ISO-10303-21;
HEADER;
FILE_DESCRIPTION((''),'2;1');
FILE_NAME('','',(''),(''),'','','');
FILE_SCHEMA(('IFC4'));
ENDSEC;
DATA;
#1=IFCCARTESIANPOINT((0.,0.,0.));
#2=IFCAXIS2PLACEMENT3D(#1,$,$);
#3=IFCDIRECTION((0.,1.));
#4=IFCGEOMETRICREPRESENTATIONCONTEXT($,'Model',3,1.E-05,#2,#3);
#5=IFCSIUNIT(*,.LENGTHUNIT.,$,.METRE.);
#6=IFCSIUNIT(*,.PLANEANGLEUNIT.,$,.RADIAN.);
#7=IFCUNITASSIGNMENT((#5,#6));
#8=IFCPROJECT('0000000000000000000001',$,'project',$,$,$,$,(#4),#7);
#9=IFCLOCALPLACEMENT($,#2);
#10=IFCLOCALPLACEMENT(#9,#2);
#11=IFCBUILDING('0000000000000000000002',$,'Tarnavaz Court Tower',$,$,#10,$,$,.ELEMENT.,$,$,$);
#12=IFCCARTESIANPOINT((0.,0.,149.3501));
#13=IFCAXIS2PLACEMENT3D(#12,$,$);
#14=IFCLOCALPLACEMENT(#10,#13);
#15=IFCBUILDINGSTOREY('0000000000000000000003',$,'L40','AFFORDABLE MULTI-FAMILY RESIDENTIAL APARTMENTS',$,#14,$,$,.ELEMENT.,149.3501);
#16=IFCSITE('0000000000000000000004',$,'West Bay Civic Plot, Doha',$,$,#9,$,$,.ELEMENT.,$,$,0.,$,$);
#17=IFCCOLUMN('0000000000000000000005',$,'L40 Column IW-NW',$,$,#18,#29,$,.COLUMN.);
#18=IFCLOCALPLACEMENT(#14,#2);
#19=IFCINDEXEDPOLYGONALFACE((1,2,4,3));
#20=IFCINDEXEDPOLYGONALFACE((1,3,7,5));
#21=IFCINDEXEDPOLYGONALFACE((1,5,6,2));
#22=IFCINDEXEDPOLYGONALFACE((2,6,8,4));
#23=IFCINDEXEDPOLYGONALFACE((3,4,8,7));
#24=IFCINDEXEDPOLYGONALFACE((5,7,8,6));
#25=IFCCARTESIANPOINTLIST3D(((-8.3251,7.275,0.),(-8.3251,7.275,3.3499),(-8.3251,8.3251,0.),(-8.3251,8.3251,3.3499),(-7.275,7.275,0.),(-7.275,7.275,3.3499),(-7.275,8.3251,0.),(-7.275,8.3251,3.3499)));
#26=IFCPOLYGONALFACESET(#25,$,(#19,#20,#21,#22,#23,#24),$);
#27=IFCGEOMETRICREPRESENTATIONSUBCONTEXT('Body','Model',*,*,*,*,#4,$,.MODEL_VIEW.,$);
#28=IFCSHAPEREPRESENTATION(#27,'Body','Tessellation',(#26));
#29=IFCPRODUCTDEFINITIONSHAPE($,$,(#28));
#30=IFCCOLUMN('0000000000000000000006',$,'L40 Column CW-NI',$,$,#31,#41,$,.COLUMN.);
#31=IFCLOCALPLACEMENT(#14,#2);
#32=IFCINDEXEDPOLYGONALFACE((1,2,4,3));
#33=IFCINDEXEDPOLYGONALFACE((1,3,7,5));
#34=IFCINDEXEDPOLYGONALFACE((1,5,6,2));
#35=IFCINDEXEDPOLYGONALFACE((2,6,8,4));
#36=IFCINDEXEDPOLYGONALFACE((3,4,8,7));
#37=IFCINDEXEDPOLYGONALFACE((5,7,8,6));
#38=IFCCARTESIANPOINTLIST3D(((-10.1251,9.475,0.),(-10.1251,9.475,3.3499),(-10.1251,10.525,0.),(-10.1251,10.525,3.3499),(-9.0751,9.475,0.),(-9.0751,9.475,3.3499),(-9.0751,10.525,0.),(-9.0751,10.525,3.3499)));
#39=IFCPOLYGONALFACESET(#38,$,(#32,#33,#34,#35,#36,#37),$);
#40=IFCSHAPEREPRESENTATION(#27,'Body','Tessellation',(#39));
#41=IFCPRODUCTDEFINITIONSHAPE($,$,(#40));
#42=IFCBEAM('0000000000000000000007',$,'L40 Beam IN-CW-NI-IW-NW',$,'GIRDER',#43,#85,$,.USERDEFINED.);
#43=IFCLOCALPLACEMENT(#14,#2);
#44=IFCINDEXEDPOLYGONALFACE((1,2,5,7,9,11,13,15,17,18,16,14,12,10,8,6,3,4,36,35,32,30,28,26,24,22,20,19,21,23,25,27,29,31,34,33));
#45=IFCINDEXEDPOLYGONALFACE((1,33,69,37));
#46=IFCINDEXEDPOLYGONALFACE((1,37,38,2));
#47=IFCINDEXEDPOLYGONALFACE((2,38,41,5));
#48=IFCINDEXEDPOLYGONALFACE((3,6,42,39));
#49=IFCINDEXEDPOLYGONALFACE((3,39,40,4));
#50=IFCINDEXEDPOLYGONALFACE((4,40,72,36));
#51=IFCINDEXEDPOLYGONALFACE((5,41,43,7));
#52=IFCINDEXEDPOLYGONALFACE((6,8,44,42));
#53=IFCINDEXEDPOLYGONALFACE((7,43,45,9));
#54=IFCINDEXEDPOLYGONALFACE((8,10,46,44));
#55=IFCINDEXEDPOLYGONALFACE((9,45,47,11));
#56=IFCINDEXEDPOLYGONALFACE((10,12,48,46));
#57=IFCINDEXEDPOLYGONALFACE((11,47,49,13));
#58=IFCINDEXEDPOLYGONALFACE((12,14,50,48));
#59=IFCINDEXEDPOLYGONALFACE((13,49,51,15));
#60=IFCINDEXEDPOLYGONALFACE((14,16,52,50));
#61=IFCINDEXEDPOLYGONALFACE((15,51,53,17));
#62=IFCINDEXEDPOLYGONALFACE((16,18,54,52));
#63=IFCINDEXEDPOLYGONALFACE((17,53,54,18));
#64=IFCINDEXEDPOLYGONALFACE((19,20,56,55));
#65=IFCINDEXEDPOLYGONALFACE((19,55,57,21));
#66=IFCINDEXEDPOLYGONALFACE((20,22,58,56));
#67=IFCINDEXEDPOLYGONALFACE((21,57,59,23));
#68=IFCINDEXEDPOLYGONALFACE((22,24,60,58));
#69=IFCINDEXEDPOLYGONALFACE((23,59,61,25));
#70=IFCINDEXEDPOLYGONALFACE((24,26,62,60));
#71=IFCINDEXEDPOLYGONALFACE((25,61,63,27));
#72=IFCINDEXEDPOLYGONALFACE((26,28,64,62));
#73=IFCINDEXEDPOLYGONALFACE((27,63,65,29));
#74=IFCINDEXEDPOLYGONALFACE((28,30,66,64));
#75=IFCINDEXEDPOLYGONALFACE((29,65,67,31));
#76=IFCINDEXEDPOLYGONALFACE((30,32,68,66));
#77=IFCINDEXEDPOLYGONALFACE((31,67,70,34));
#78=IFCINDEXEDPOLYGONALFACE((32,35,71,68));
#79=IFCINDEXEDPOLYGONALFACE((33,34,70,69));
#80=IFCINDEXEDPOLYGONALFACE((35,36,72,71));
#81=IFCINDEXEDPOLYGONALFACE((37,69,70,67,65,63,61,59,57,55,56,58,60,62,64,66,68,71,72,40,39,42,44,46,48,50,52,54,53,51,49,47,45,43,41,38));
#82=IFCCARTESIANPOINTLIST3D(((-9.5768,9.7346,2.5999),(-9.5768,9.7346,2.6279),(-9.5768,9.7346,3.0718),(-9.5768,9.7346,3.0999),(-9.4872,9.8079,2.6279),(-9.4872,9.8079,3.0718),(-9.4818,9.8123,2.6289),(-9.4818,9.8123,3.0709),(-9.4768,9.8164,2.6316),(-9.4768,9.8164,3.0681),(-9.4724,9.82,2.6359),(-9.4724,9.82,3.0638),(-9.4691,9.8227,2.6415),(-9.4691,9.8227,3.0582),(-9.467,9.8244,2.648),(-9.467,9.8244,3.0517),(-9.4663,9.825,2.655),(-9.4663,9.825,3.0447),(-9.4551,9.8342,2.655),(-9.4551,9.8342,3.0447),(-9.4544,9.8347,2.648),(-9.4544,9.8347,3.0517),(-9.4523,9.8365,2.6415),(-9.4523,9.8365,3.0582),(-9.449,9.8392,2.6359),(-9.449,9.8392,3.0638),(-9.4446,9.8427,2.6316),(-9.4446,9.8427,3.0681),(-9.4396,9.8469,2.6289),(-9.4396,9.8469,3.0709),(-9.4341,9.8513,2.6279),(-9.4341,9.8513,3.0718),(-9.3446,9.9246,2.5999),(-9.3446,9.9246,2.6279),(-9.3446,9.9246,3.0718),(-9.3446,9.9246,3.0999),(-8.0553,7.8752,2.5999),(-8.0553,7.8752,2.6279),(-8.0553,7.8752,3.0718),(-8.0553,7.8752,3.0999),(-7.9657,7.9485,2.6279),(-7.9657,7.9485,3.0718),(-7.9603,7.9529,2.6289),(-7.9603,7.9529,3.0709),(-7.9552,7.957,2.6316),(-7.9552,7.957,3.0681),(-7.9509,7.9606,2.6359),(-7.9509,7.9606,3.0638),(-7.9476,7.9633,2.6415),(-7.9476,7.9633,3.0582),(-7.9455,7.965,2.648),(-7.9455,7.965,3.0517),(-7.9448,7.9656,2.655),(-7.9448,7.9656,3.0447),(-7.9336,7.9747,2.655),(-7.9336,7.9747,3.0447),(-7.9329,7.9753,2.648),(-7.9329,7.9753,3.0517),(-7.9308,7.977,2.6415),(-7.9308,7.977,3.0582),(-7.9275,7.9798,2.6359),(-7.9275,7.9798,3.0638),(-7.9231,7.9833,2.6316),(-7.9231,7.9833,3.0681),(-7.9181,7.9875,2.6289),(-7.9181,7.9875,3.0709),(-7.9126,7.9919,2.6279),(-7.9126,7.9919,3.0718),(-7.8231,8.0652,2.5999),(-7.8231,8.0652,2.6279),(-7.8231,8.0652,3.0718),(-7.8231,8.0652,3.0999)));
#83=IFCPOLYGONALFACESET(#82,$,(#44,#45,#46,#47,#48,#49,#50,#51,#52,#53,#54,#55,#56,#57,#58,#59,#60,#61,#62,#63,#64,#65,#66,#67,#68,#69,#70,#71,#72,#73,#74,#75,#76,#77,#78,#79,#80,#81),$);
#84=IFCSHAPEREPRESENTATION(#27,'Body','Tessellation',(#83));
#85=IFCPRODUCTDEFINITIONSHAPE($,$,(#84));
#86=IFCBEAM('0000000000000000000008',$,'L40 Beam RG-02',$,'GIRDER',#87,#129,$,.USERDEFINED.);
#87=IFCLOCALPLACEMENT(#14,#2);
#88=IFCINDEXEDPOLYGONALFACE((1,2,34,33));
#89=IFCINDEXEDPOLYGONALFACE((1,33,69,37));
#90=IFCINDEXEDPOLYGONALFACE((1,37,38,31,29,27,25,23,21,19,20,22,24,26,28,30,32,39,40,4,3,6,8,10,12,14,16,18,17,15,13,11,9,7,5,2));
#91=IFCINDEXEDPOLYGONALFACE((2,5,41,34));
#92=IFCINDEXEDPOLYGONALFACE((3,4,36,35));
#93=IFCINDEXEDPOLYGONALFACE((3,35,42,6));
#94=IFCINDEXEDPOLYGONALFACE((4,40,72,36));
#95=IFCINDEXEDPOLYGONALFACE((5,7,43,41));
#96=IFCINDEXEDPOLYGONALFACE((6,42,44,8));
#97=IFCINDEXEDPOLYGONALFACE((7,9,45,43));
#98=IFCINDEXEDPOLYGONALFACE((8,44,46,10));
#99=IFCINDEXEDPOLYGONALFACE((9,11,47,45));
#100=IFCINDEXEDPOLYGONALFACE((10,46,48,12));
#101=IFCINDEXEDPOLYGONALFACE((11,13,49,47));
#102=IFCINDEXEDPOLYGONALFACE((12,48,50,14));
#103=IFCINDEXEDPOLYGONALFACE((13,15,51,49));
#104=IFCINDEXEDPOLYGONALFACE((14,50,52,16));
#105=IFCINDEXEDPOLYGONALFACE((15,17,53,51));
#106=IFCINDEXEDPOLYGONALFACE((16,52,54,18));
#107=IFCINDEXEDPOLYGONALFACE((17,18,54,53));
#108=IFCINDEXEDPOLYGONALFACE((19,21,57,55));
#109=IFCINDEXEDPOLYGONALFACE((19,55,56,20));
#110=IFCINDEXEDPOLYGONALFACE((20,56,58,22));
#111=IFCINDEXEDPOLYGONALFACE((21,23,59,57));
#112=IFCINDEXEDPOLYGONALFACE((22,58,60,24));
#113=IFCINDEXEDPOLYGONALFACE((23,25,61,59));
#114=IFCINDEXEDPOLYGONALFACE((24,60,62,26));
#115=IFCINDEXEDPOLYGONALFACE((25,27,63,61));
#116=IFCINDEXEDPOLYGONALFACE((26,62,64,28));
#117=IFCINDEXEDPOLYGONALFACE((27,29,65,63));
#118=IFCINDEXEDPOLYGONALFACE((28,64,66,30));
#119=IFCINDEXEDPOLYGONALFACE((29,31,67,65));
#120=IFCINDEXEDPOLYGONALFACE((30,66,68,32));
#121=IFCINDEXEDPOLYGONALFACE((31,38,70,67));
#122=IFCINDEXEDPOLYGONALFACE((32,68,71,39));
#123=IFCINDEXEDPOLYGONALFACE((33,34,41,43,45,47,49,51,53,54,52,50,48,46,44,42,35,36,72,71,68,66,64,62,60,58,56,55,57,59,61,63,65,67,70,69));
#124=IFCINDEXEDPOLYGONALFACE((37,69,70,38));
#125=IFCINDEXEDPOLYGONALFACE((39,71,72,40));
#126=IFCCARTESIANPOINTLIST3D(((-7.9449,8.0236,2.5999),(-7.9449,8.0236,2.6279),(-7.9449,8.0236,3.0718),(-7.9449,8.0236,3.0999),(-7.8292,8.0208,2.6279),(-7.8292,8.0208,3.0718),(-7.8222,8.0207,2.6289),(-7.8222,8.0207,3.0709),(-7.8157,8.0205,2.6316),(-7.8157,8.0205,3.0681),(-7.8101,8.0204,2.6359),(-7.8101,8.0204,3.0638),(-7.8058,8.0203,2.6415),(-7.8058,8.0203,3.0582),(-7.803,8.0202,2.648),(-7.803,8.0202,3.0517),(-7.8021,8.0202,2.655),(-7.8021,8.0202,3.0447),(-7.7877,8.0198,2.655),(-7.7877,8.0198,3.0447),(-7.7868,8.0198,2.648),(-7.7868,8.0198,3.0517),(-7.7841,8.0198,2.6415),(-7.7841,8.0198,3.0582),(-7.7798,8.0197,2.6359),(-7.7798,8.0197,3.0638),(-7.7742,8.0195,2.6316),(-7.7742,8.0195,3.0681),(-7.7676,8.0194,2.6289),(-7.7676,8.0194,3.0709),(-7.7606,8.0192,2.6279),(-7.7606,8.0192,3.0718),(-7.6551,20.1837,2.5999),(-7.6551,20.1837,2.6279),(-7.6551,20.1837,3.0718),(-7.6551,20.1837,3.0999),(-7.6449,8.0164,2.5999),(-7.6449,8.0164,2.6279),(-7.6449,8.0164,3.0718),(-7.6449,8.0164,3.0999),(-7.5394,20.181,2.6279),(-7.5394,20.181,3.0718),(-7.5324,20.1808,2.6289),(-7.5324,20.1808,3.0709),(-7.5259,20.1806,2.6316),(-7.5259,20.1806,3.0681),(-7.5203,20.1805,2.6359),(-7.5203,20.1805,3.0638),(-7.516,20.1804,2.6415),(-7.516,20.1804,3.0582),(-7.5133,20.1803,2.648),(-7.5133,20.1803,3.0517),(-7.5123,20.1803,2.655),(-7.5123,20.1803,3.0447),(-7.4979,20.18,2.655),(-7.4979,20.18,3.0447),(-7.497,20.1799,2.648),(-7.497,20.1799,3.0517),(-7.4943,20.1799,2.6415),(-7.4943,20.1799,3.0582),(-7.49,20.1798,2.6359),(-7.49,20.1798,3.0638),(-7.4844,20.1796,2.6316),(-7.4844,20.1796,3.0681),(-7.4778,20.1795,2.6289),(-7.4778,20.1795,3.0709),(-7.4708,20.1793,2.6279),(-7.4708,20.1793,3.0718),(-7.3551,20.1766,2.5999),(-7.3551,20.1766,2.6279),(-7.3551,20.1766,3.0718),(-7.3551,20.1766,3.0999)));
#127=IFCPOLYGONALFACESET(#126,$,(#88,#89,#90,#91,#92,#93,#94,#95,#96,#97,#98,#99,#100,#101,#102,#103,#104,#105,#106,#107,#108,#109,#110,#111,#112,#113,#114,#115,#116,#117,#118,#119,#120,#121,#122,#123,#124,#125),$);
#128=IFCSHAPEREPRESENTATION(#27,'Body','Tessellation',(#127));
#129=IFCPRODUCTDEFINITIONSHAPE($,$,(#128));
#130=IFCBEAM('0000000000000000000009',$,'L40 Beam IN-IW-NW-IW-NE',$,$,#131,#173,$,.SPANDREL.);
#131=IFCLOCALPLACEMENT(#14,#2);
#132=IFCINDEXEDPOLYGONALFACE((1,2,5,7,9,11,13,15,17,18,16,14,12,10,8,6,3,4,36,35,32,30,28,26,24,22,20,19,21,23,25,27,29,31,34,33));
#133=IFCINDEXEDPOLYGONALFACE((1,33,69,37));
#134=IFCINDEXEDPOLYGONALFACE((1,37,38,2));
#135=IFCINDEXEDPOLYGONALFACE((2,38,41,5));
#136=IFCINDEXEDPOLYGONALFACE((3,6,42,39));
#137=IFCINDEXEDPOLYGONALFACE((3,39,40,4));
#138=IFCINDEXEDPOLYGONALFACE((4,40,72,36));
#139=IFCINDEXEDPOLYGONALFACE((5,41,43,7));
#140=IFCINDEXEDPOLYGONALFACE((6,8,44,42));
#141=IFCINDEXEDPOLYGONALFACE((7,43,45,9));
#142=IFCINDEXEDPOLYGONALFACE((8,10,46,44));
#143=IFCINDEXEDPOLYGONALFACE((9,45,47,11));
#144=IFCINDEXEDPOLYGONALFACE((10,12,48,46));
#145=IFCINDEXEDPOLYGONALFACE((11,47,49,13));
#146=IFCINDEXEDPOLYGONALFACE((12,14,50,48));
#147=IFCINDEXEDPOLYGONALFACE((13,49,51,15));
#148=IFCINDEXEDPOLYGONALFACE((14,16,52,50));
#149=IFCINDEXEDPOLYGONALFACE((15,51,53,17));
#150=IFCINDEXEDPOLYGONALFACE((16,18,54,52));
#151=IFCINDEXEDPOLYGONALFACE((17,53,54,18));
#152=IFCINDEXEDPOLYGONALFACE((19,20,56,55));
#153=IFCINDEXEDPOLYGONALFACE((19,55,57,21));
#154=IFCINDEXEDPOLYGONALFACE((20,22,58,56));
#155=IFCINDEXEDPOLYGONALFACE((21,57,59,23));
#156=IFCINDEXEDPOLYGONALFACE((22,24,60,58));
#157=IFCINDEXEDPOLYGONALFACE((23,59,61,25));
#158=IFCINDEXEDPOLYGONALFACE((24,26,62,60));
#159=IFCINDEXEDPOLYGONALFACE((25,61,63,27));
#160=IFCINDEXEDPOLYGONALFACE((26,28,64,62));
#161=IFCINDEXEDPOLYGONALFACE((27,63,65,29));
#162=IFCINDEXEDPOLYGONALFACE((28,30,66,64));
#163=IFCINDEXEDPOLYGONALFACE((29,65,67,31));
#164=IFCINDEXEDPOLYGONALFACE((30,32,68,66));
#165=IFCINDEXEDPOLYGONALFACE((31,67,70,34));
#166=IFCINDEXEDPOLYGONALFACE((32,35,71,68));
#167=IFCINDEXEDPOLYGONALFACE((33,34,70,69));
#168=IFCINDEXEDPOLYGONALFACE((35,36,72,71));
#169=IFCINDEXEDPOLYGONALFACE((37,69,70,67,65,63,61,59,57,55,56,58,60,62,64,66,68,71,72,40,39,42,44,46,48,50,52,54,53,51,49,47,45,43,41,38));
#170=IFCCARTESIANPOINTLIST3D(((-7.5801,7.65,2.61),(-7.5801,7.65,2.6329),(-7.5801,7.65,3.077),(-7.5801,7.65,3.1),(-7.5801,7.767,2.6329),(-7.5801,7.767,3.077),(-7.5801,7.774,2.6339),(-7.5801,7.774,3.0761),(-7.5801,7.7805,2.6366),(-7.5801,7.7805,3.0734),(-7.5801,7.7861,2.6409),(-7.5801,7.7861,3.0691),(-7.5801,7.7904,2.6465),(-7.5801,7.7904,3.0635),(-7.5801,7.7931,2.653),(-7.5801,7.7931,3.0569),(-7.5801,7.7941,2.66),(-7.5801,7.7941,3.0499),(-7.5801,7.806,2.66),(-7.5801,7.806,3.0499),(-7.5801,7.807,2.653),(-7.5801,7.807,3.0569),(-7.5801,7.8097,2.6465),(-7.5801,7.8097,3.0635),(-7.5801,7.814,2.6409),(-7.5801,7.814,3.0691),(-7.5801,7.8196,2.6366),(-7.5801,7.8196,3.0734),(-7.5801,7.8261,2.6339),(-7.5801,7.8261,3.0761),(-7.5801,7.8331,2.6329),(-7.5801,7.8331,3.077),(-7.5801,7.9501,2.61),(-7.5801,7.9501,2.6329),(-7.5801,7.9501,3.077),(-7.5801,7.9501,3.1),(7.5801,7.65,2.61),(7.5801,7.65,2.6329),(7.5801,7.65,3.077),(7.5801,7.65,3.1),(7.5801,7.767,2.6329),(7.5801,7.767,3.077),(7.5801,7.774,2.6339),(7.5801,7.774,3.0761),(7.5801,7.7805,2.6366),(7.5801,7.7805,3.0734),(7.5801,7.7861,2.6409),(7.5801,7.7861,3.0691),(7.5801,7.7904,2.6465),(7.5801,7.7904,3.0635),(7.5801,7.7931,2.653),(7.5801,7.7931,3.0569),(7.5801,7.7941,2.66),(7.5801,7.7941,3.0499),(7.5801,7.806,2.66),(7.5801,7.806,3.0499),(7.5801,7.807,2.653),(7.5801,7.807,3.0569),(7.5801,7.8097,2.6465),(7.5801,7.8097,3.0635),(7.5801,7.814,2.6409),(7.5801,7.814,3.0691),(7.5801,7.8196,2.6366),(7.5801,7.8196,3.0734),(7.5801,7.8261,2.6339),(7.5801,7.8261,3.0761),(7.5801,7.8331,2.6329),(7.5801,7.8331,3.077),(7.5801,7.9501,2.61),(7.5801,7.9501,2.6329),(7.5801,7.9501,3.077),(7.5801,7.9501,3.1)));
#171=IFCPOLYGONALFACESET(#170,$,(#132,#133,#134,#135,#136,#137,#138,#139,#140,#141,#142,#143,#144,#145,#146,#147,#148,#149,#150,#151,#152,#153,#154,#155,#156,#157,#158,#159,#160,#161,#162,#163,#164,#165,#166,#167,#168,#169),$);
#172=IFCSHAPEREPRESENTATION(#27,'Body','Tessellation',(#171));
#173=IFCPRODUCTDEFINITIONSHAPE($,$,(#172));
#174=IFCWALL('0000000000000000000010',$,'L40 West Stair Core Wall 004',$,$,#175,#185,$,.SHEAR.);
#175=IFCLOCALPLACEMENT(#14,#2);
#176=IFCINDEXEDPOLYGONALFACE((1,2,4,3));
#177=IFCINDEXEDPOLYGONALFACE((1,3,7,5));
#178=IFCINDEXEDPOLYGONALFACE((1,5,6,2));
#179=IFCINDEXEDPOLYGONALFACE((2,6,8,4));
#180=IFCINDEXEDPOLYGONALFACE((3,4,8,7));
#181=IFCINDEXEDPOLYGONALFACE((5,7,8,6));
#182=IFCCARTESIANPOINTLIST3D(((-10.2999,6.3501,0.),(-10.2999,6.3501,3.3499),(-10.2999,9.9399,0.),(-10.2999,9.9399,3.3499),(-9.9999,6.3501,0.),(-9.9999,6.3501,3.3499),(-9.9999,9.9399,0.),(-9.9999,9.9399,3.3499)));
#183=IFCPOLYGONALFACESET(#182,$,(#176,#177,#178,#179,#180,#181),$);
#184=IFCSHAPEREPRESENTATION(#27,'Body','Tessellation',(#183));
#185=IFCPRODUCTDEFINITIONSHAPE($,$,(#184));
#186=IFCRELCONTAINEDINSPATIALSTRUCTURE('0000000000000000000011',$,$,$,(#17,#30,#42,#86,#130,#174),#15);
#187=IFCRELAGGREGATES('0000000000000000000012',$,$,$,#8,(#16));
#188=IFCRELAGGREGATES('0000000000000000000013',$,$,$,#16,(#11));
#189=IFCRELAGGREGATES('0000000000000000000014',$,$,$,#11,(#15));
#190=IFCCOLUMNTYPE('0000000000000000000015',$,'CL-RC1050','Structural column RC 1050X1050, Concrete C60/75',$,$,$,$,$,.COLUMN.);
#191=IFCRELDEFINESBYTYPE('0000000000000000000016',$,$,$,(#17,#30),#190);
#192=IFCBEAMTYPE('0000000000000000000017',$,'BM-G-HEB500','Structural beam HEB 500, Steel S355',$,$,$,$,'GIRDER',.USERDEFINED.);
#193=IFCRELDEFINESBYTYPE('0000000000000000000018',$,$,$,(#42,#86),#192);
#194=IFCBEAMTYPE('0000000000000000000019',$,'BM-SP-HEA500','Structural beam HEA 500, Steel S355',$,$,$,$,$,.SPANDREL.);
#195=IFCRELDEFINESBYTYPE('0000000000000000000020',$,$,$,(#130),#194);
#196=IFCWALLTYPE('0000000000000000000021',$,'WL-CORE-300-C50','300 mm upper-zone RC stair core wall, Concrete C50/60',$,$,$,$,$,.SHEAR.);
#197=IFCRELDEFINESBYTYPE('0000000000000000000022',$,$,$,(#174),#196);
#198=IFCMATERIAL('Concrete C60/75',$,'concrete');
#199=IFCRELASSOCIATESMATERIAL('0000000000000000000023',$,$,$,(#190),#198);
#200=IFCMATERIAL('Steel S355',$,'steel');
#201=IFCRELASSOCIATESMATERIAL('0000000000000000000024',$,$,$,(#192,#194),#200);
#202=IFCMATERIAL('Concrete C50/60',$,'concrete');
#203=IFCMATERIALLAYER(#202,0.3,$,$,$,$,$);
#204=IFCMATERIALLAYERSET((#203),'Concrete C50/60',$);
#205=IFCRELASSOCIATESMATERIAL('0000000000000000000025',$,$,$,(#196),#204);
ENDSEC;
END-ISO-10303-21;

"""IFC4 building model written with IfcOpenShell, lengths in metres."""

from ifc_helpers import new_model, si_unit, direction, frame, frame_2d, origin, origin_2d, place, context, subcontext, project, spatial, rectangle, i_section, extrude, material, layer, layer_set, material_profile, profile_set, type_object, element, save


model = new_model("IFC4")

# Units and contexts
model_context = context("Model", 3, precision=1e-05, world=origin(), true_north=direction((0.0, 1.0)))
body_context = subcontext(model_context, "Body", "Model", "MODEL_VIEW")
ifc_project = project(units=[si_unit("LENGTHUNIT", "METRE"), si_unit("PLANEANGLEUNIT", "RADIAN")], contexts=[model_context])

# Site, building, storey
site_placement = place(None, origin())
site = spatial("IfcSite", under=ifc_project, at=site_placement, Name="West Bay Civic Plot, Doha", CompositionType="ELEMENT", RefElevation=0.0)
building_placement = place(site_placement, origin())
building = spatial("IfcBuilding", under=site, at=building_placement, Name="Tarnavaz Court Tower", CompositionType="ELEMENT")
storey_placement = place(building_placement, frame((0.0, 0.0, 149.3501)))
storey = spatial("IfcBuildingStorey", under=building, at=storey_placement, Name="L40", Description="AFFORDABLE MULTI-FAMILY RESIDENTIAL APARTMENTS", CompositionType="ELEMENT", Elevation=149.3501)

# Columns
ifc_material_1 = material(Name="Concrete C60/75", Category="concrete")
ifc_material_profile_1 = material_profile(ifc_material_1, rectangle(XDim=1.05, YDim=1.05, at=origin_2d()), Name="RC 1050X1050")
ifc_profile_set_1 = profile_set([ifc_material_profile_1], Name="Concrete C60/75")
column_type = type_object("IfcColumnType", Name="CL-RC1050", Description="Structural column RC 1050X1050, Concrete C60/75", PredefinedType="COLUMN", material=ifc_profile_set_1)
for number, where, z_axis, x_axis, name in (
    (1, (-7.8, 7.8, 0.0), (0.0, 0.0, 1.0), (1.0, 0.0, 0.0), "L40 Column IW-NW"),
    (2, (-9.6001, 10.0, 0.0), (0.0, 0.0, 1.0), (1.0, 0.0, 0.0), "L40 Column CW-NI"),
):
    element("IfcColumn", number, at=place(storey_placement, frame(where, z_axis=z_axis, x_axis=x_axis)), inside=storey, type_object=column_type, Name=name, PredefinedType="COLUMN", context=body_context, shape_type="SweptSolid", body=[
        extrude(rectangle(XDim=1.05, YDim=1.05, at=origin_2d()), origin(), (0.0, 0.0, 1.0), 3.3499),
    ])

# Beams
ifc_material_2 = material(Name="Steel S355", Category="steel")
ifc_material_profile_2 = material_profile(ifc_material_2, i_section(OverallWidth=0.3, OverallDepth=0.5, WebThickness=0.0144, FlangeThickness=0.0281, FilletRadius=0.0271, at=origin_2d()), Name="HEB 500")
ifc_profile_set_2 = profile_set([ifc_material_profile_2], Name="Steel S355")
beam_type_1 = type_object("IfcBeamType", Name="BM-G-HEB500", Description="Structural beam HEB 500, Steel S355", ElementType="GIRDER", PredefinedType="USERDEFINED", material=ifc_profile_set_2)
beam_1_placement = place(storey_placement, frame((-9.4607, 9.8296, 2.8499), z_axis=(0.633282, -0.773921, 0.0), x_axis=(0.773921, 0.633282, 0.0)))
element("IfcBeam", 3, at=beam_1_placement, inside=storey, type_object=beam_type_1, Name="L40 Beam IN-CW-NI-IW-NW", ObjectType="GIRDER", PredefinedType="USERDEFINED", context=body_context, shape_type="SweptSolid", body=[
    extrude(i_section(OverallWidth=0.3, OverallDepth=0.5, WebThickness=0.0144, FlangeThickness=0.0281, FilletRadius=0.0271, at=origin_2d()), origin(), (0.0, 0.0, 1.0), 2.4026),
])
beam_2_placement = place(storey_placement, frame((-7.7949, 8.02, 2.8499), z_axis=(0.023825, 0.999716, 0.0), x_axis=(-0.999716, 0.023825, 0.0)))
element("IfcBeam", 4, at=beam_2_placement, inside=storey, type_object=beam_type_1, Name="L40 Beam RG-02", ObjectType="GIRDER", PredefinedType="USERDEFINED", context=body_context, shape_type="SweptSolid", body=[
    extrude(i_section(OverallWidth=0.3, OverallDepth=0.5, WebThickness=0.0144, FlangeThickness=0.0281, FilletRadius=0.0271, at=origin_2d()), origin(), (0.0, 0.0, 1.0), 12.1636),
])
ifc_material_profile_3 = material_profile(ifc_material_2, i_section(OverallWidth=0.3, OverallDepth=0.49, WebThickness=0.012, FlangeThickness=0.0229, FilletRadius=0.0271, at=origin_2d()), Name="HEA 500")
ifc_profile_set_3 = profile_set([ifc_material_profile_3], Name="Steel S355")
beam_type_2 = type_object("IfcBeamType", Name="BM-SP-HEA500", Description="Structural beam HEA 500, Steel S355", PredefinedType="SPANDREL", material=ifc_profile_set_3)
beam_3_placement = place(storey_placement, frame((-7.5801, 7.8, 2.855), z_axis=(1.0, 0.0, 0.0), x_axis=(0.0, 1.0, 0.0)))
element("IfcBeam", 5, at=beam_3_placement, inside=storey, type_object=beam_type_2, Name="L40 Beam IN-IW-NW-IW-NE", PredefinedType="SPANDREL", context=body_context, shape_type="SweptSolid", body=[
    extrude(i_section(OverallWidth=0.3, OverallDepth=0.49, WebThickness=0.012, FlangeThickness=0.0229, FilletRadius=0.0271, at=origin_2d()), origin(), (0.0, 0.0, 1.0), 15.1602),
])

# Wall
ifc_material_3 = material(Name="Concrete C50/60", Category="concrete")
ifc_layer_1 = layer(ifc_material_3, 0.3)
ifc_layer_set_1 = layer_set([ifc_layer_1], Name="Concrete C50/60")
wall_type_1 = type_object("IfcWallType", Name="WL-CORE-300-C50", Description="300 mm upper-zone RC stair core wall, Concrete C50/60", PredefinedType="SHEAR", material=ifc_layer_set_1)
wall_1_placement = place(storey_placement, frame((-10.1499, 6.3501, 0.0), z_axis=(0.0, 0.0, 1.0), x_axis=(0.0, 1.0, 0.0)))
element("IfcWall", 6, at=wall_1_placement, inside=storey, type_object=wall_type_1, Name="L40 West Stair Core Wall 004", PredefinedType="SHEAR", context=body_context, shape_type="SweptSolid", body=[
    extrude(rectangle(XDim=3.5898, YDim=0.3, at=frame_2d((1.7949, 0.0))), origin(), (0.0, 0.0, 1.0), 3.3499),
])

save(model, "model.ifc")
